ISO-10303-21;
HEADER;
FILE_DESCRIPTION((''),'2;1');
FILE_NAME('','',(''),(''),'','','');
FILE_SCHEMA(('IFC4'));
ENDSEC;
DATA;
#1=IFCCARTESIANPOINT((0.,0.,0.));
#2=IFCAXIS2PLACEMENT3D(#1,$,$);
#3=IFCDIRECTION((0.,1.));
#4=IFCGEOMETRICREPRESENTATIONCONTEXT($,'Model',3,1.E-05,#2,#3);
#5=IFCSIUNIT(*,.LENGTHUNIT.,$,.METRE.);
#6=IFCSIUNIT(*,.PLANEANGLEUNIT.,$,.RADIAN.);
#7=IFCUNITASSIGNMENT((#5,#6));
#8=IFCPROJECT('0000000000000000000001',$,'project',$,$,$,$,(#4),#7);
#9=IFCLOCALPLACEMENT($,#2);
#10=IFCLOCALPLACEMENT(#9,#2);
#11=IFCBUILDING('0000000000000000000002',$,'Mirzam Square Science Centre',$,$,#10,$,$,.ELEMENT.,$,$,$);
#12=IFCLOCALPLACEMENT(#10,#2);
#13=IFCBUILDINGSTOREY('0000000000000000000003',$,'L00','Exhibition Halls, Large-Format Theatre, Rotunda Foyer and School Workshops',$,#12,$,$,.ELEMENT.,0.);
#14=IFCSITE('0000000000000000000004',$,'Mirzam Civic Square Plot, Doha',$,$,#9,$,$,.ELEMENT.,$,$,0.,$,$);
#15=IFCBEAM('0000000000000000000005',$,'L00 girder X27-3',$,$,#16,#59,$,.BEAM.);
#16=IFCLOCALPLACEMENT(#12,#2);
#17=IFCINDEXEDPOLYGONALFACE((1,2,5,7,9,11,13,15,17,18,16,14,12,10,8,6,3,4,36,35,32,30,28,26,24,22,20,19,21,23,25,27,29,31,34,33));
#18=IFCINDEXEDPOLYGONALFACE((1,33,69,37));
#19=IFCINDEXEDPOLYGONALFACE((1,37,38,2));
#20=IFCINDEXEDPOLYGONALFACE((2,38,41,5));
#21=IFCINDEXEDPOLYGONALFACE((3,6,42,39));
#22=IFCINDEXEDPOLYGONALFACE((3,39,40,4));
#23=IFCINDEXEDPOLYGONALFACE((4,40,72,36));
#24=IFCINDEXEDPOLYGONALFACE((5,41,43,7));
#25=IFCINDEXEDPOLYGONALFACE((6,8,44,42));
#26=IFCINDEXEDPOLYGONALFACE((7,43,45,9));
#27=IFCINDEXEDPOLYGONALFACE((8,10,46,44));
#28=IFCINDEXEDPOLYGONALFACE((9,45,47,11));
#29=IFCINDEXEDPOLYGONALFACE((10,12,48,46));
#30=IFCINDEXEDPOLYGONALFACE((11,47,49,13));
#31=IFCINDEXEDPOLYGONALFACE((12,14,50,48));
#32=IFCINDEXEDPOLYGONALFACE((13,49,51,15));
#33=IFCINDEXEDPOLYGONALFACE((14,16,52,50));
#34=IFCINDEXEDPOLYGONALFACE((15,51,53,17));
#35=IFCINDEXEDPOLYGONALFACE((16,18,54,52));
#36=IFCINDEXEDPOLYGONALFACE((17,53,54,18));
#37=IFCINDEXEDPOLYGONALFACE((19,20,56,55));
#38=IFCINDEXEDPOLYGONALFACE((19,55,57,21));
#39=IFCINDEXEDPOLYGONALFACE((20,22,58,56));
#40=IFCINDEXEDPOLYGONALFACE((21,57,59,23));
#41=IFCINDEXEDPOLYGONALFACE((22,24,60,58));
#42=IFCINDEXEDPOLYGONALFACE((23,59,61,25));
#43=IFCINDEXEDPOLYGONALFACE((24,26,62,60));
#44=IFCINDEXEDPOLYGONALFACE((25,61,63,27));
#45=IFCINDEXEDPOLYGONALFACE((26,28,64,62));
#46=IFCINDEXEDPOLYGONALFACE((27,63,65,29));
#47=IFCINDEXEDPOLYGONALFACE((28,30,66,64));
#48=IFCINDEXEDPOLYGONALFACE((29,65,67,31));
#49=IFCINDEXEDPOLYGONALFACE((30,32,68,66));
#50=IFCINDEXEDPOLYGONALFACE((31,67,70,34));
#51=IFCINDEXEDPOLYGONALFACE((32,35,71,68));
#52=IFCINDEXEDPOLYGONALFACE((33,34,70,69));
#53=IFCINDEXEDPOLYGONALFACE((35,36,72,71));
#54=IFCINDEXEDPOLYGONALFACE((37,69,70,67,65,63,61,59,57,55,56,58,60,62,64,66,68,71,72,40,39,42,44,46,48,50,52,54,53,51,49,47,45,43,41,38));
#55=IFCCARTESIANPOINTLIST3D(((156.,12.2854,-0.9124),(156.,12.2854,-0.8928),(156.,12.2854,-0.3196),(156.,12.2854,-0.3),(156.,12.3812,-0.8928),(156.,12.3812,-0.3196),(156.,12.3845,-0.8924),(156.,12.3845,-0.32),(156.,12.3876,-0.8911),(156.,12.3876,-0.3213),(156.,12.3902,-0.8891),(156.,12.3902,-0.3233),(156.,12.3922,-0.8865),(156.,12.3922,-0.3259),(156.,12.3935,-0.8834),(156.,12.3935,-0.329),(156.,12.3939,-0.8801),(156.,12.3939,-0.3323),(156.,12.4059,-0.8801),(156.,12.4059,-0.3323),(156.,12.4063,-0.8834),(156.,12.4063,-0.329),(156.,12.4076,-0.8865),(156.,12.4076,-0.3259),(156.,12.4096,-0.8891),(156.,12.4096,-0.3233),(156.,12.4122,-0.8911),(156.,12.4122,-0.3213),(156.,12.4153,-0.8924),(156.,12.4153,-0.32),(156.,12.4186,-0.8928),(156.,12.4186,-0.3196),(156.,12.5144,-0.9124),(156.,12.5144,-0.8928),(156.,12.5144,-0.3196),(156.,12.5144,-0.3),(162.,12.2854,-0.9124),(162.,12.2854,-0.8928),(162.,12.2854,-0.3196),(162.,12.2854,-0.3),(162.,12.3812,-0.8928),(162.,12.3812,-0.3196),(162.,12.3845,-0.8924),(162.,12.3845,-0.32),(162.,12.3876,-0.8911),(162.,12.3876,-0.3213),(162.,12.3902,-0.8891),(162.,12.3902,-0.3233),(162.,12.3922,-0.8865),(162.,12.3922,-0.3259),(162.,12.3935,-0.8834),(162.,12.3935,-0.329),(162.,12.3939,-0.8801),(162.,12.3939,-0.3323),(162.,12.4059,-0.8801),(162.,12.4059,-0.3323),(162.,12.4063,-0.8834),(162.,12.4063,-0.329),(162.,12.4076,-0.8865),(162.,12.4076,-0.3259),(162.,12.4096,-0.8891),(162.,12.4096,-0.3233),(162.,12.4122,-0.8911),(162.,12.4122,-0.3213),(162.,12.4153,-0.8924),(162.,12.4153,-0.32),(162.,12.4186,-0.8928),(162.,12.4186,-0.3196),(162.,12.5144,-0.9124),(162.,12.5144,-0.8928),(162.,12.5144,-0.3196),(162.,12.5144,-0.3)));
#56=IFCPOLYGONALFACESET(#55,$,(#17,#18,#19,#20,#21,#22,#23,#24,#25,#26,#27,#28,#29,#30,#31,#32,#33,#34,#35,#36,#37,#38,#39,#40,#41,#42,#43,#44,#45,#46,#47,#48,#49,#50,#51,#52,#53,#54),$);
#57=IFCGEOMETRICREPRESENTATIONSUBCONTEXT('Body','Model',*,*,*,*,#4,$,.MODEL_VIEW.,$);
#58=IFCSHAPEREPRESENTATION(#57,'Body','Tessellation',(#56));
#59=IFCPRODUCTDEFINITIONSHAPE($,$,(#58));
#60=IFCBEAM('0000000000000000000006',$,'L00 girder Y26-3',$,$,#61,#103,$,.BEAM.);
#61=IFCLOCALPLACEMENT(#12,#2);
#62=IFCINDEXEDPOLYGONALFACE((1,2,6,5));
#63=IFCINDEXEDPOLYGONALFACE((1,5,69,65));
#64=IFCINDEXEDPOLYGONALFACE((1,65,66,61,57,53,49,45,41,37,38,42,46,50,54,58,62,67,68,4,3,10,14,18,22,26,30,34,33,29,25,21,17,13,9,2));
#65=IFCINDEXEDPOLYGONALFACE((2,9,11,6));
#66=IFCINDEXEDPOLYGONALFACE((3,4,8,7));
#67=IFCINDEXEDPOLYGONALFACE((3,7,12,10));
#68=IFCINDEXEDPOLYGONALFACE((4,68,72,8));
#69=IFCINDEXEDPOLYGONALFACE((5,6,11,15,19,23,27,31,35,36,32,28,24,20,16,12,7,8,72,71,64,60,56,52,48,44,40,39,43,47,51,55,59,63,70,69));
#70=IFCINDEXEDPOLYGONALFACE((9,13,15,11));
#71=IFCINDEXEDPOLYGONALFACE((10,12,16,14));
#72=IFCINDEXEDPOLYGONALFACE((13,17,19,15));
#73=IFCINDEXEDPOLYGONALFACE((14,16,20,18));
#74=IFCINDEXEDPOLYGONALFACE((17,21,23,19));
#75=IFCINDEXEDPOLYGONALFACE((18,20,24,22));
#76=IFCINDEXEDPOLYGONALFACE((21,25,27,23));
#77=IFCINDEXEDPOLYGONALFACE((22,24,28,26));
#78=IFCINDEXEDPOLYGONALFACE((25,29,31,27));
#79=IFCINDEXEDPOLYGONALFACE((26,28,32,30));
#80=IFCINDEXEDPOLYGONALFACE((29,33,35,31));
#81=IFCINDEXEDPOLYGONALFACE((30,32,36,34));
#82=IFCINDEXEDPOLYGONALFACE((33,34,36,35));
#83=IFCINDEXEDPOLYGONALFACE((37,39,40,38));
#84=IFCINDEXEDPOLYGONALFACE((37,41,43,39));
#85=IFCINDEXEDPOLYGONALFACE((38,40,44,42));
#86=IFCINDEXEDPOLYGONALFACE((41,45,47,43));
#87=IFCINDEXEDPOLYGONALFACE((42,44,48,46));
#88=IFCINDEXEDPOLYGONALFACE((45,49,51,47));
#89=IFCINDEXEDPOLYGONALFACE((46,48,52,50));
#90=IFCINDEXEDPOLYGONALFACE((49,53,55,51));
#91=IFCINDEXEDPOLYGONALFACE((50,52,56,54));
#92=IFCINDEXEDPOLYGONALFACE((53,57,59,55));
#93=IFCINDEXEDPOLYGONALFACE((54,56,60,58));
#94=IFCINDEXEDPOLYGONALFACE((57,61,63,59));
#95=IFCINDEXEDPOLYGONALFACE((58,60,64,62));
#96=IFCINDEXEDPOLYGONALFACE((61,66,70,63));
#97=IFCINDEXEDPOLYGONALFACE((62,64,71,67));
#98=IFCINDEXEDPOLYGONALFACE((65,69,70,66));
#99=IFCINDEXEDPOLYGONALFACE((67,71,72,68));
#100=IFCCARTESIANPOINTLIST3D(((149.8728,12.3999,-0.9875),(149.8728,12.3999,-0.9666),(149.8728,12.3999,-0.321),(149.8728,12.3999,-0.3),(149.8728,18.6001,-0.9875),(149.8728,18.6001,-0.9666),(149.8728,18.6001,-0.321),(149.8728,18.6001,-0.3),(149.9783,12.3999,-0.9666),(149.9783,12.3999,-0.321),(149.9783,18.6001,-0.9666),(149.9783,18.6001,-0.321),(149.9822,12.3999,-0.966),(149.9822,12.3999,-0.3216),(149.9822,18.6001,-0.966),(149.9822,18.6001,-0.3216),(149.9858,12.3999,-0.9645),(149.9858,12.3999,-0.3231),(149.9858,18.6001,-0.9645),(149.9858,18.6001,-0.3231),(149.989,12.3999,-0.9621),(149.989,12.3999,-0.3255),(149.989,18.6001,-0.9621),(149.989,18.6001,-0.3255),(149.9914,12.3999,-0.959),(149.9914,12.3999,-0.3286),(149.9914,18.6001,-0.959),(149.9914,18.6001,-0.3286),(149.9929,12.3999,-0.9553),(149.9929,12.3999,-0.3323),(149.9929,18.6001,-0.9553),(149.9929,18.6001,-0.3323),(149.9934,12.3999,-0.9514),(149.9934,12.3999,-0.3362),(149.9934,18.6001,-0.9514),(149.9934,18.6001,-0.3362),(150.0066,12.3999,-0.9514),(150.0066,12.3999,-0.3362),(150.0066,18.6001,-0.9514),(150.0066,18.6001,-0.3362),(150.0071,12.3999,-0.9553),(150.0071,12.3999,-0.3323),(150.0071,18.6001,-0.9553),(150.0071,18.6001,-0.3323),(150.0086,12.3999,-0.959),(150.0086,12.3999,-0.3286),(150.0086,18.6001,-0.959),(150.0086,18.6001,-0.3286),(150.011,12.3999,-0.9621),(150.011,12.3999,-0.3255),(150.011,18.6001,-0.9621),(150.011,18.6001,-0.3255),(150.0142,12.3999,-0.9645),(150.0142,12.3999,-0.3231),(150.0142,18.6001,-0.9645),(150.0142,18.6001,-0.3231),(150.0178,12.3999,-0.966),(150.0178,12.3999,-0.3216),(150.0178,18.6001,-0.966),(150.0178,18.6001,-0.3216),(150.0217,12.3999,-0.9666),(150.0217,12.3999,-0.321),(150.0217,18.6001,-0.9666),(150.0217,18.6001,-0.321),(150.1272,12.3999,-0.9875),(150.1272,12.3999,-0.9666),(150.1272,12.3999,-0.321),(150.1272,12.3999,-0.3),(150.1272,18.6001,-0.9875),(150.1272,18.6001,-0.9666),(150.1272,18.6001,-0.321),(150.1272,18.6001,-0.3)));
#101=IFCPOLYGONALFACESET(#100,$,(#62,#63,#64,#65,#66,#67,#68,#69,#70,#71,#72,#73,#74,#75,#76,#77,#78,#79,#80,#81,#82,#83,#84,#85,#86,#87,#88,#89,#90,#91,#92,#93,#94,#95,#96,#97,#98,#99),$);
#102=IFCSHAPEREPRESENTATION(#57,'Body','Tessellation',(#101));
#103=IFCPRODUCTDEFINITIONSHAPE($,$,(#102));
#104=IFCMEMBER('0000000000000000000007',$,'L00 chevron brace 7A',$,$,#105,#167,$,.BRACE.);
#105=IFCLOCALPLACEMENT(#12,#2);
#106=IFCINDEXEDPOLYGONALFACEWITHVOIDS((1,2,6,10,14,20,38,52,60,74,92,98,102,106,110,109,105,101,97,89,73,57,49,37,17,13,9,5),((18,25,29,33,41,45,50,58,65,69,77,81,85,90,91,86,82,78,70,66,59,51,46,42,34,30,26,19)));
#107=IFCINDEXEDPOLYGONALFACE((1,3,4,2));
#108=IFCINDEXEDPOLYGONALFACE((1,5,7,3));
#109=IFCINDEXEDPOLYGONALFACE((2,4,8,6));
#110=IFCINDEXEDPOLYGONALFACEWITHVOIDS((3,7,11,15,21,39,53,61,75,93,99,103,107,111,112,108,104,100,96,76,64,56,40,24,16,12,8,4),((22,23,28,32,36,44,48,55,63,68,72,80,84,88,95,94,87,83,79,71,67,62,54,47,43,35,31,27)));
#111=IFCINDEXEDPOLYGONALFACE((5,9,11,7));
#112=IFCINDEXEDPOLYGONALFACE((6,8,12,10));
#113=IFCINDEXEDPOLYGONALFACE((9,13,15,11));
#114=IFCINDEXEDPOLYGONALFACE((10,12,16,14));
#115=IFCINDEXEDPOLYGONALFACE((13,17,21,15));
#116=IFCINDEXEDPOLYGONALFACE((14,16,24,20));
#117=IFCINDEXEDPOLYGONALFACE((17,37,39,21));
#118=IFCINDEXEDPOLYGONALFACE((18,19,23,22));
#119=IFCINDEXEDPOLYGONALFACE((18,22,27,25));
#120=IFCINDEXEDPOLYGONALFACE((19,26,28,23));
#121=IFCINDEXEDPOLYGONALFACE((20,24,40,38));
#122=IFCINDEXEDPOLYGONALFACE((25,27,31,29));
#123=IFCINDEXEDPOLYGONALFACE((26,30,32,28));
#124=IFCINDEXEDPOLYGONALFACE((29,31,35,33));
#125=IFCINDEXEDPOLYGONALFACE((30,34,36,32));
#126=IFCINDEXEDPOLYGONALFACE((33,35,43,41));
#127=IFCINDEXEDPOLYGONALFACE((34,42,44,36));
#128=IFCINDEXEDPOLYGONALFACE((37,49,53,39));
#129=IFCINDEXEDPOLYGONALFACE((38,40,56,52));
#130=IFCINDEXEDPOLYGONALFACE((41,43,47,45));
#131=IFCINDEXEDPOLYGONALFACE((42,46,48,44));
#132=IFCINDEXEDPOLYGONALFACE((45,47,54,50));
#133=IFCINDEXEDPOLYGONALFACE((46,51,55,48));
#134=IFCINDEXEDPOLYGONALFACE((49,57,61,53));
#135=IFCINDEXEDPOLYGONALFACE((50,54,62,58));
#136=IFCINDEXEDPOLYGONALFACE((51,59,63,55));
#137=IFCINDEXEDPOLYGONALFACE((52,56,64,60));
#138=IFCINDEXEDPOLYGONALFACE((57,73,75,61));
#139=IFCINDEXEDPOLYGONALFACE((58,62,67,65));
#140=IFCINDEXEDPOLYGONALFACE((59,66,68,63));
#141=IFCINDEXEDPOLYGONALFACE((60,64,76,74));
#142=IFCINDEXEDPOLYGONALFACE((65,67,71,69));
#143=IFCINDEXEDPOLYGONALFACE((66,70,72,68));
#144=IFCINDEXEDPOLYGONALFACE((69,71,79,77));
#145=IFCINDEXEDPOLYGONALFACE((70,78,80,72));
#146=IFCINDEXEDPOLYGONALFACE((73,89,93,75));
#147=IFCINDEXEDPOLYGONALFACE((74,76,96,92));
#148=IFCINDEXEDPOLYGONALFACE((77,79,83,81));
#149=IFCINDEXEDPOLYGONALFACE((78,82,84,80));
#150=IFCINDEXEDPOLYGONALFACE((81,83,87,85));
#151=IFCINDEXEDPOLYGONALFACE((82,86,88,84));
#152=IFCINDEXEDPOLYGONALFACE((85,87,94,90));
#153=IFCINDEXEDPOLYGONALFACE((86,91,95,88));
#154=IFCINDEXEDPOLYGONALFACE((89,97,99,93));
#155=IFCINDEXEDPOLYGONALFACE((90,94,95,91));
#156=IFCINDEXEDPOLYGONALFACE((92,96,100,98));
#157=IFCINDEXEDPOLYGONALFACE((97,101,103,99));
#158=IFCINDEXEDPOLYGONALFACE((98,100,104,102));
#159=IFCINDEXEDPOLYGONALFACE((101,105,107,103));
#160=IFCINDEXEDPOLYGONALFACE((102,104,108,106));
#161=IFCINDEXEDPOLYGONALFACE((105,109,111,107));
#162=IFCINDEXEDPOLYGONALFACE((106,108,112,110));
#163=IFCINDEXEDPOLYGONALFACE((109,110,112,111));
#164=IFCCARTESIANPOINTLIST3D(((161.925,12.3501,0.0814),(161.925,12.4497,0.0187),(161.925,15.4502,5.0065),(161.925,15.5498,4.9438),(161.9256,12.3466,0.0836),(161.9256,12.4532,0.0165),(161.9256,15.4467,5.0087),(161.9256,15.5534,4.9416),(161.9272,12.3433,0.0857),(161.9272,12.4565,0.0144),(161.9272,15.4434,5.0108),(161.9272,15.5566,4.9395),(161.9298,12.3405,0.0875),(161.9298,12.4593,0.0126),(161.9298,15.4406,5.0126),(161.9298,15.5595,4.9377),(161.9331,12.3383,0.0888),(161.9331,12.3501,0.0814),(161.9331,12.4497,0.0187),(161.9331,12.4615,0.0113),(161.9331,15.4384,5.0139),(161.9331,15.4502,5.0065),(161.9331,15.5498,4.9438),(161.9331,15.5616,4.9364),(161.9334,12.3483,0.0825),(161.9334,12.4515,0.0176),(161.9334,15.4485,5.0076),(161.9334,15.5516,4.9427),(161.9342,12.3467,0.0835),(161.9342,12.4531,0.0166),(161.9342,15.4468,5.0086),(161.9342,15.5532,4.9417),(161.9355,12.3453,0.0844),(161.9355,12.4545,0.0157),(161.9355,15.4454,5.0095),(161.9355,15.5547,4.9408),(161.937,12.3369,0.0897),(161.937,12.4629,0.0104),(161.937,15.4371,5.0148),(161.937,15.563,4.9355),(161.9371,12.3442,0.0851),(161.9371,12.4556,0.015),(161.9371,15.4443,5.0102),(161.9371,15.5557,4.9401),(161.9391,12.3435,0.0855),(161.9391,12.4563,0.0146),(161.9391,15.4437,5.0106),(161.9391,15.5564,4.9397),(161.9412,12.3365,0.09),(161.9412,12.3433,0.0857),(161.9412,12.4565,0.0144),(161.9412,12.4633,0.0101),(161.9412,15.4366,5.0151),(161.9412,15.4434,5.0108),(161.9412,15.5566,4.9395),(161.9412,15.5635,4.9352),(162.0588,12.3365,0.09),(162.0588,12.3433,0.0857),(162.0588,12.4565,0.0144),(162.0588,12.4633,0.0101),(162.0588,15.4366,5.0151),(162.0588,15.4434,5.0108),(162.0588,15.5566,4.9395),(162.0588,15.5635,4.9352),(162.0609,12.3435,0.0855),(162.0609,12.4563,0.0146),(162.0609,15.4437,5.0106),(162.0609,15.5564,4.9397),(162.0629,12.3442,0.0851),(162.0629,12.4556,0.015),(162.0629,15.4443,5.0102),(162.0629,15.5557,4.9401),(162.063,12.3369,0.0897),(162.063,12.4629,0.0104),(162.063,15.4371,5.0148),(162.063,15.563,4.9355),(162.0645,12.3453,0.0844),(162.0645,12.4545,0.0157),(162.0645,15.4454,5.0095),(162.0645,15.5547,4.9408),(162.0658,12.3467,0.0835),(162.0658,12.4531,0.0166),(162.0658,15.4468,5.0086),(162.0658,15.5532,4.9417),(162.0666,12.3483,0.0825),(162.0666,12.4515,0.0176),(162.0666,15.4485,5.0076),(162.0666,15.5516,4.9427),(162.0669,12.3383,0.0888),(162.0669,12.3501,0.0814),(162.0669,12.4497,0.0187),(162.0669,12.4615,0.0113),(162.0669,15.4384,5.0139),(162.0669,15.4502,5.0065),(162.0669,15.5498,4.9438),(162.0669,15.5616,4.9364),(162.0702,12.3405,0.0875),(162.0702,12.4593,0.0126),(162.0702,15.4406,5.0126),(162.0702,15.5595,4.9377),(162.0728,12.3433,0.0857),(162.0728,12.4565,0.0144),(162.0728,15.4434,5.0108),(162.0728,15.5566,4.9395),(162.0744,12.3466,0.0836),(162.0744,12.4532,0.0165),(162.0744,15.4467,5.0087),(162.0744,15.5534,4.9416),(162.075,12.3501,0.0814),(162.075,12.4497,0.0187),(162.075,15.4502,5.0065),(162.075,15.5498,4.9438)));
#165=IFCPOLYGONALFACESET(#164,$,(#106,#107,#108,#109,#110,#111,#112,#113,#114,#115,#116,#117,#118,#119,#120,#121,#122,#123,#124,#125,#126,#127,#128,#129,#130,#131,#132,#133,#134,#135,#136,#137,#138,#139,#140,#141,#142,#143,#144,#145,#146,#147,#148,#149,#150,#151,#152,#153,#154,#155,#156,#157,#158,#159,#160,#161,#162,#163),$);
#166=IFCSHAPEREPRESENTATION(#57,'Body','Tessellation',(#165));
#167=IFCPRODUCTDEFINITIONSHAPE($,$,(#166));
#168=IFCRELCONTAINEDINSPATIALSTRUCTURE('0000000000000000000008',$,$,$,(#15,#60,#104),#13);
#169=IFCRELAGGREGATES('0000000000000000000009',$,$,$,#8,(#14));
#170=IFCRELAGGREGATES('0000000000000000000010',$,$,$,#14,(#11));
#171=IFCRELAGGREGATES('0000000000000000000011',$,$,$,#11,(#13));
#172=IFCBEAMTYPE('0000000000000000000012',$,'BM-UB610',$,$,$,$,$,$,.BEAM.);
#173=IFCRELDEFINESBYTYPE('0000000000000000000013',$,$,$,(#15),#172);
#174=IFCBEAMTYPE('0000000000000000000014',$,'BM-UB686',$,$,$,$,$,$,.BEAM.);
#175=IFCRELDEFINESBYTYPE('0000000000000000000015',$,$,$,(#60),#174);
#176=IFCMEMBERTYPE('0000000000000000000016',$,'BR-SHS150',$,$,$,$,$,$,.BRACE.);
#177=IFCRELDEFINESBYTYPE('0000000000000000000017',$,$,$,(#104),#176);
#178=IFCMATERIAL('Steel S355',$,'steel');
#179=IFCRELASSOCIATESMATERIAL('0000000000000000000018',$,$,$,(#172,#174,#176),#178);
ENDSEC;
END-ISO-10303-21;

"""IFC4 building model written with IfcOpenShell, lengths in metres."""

from ifc_helpers import new_model, si_unit, direction, frame, origin, origin_2d, place, context, subcontext, project, spatial, hollow_rectangle, i_section, extrude, material, material_profile, profile_set, type_object, element, save


model = new_model("IFC4")

# Units and contexts
model_context = context("Model", 3, precision=1e-05, world=origin(), true_north=direction((0.0, 1.0)))
body_context = subcontext(model_context, "Body", "Model", "MODEL_VIEW")
ifc_project = project(units=[si_unit("LENGTHUNIT", "METRE"), si_unit("PLANEANGLEUNIT", "RADIAN")], contexts=[model_context])

# Site, building, storey
site_placement = place(None, origin())
site = spatial("IfcSite", under=ifc_project, at=site_placement, Name="Mirzam Civic Square Plot, Doha", CompositionType="ELEMENT", RefElevation=0.0)
building_placement = place(site_placement, origin())
building = spatial("IfcBuilding", under=site, at=building_placement, Name="Mirzam Square Science Centre", CompositionType="ELEMENT")
storey_placement = place(building_placement, origin())
storey = spatial("IfcBuildingStorey", under=building, at=storey_placement, Name="L00", Description="Exhibition Halls, Large-Format Theatre, Rotunda Foyer and School Workshops", CompositionType="ELEMENT", Elevation=0.0)

# Shared definitions
ifc_material_1 = material(Name="Steel S355", Category="steel")

# Beams
ifc_material_profile_1 = material_profile(ifc_material_1, i_section(OverallWidth=0.229, OverallDepth=0.6123, WebThickness=0.012, FlangeThickness=0.0195, FilletRadius=0.0127, at=origin_2d()), Name="610x229x125UB")
ifc_profile_set_1 = profile_set([ifc_material_profile_1], Name="Steel S355")
beam_type_1 = type_object("IfcBeamType", Name="BM-UB610", PredefinedType="BEAM", material=ifc_profile_set_1)
beam_1_placement = place(storey_placement, frame((156.0, 12.3999, -0.6062), z_axis=(1.0, 0.0, 0.0), x_axis=(0.0, 1.0, 0.0)))
element("IfcBeam", 1, at=beam_1_placement, inside=storey, type_object=beam_type_1, Name="L00 girder X27-3", PredefinedType="BEAM", context=body_context, shape_type="SweptSolid", body=[
    extrude(i_section(OverallWidth=0.229, OverallDepth=0.6123, WebThickness=0.012, FlangeThickness=0.0195, FilletRadius=0.0127, at=origin_2d()), origin(), (0.0, 0.0, 1.0), 6.0),
])
ifc_material_profile_2 = material_profile(ifc_material_1, i_section(OverallWidth=0.2544, OverallDepth=0.6875, WebThickness=0.0132, FlangeThickness=0.021, FilletRadius=0.0151, at=origin_2d()), Name="686x254x152UB")
ifc_profile_set_2 = profile_set([ifc_material_profile_2], Name="Steel S355")
beam_type_2 = type_object("IfcBeamType", Name="BM-UB686", PredefinedType="BEAM", material=ifc_profile_set_2)
beam_2_placement = place(storey_placement, frame((150.0, 12.3999, -0.6438), z_axis=(0.0, 1.0, 0.0), x_axis=(-1.0, 0.0, 0.0)))
element("IfcBeam", 2, at=beam_2_placement, inside=storey, type_object=beam_type_2, Name="L00 girder Y26-3", PredefinedType="BEAM", context=body_context, shape_type="SweptSolid", body=[
    extrude(i_section(OverallWidth=0.2544, OverallDepth=0.6875, WebThickness=0.0132, FlangeThickness=0.021, FilletRadius=0.0151, at=origin_2d()), origin(), (0.0, 0.0, 1.0), 6.2002),
])

# Member
ifc_material_profile_3 = material_profile(ifc_material_1, hollow_rectangle(XDim=0.1499, YDim=0.1499, WallThickness=0.0081, InnerFilletRadius=0.0081, OuterFilletRadius=0.0161, at=origin_2d()), Name="150x150x8.0SHS")
ifc_profile_set_3 = profile_set([ifc_material_profile_3], Name="Steel S355")
member_type = type_object("IfcMemberType", Name="BR-SHS150", PredefinedType="BRACE", material=ifc_profile_set_3)
member_placement = place(storey_placement, frame((162.0, 12.3999, 0.05), z_axis=(0.0, 0.532708, 0.846299), x_axis=(-1.0, 0.0, 0.0)))
element("IfcMember", 3, at=member_placement, inside=storey, type_object=member_type, Name="L00 chevron brace 7A", PredefinedType="BRACE", context=body_context, shape_type="SweptSolid", body=[
    extrude(hollow_rectangle(XDim=0.1499, YDim=0.1499, WallThickness=0.0081, InnerFilletRadius=0.0081, OuterFilletRadius=0.0161, at=origin_2d()), origin(), (0.0, 0.0, 1.0), 5.8196),
])

save(model, "model.ifc")
